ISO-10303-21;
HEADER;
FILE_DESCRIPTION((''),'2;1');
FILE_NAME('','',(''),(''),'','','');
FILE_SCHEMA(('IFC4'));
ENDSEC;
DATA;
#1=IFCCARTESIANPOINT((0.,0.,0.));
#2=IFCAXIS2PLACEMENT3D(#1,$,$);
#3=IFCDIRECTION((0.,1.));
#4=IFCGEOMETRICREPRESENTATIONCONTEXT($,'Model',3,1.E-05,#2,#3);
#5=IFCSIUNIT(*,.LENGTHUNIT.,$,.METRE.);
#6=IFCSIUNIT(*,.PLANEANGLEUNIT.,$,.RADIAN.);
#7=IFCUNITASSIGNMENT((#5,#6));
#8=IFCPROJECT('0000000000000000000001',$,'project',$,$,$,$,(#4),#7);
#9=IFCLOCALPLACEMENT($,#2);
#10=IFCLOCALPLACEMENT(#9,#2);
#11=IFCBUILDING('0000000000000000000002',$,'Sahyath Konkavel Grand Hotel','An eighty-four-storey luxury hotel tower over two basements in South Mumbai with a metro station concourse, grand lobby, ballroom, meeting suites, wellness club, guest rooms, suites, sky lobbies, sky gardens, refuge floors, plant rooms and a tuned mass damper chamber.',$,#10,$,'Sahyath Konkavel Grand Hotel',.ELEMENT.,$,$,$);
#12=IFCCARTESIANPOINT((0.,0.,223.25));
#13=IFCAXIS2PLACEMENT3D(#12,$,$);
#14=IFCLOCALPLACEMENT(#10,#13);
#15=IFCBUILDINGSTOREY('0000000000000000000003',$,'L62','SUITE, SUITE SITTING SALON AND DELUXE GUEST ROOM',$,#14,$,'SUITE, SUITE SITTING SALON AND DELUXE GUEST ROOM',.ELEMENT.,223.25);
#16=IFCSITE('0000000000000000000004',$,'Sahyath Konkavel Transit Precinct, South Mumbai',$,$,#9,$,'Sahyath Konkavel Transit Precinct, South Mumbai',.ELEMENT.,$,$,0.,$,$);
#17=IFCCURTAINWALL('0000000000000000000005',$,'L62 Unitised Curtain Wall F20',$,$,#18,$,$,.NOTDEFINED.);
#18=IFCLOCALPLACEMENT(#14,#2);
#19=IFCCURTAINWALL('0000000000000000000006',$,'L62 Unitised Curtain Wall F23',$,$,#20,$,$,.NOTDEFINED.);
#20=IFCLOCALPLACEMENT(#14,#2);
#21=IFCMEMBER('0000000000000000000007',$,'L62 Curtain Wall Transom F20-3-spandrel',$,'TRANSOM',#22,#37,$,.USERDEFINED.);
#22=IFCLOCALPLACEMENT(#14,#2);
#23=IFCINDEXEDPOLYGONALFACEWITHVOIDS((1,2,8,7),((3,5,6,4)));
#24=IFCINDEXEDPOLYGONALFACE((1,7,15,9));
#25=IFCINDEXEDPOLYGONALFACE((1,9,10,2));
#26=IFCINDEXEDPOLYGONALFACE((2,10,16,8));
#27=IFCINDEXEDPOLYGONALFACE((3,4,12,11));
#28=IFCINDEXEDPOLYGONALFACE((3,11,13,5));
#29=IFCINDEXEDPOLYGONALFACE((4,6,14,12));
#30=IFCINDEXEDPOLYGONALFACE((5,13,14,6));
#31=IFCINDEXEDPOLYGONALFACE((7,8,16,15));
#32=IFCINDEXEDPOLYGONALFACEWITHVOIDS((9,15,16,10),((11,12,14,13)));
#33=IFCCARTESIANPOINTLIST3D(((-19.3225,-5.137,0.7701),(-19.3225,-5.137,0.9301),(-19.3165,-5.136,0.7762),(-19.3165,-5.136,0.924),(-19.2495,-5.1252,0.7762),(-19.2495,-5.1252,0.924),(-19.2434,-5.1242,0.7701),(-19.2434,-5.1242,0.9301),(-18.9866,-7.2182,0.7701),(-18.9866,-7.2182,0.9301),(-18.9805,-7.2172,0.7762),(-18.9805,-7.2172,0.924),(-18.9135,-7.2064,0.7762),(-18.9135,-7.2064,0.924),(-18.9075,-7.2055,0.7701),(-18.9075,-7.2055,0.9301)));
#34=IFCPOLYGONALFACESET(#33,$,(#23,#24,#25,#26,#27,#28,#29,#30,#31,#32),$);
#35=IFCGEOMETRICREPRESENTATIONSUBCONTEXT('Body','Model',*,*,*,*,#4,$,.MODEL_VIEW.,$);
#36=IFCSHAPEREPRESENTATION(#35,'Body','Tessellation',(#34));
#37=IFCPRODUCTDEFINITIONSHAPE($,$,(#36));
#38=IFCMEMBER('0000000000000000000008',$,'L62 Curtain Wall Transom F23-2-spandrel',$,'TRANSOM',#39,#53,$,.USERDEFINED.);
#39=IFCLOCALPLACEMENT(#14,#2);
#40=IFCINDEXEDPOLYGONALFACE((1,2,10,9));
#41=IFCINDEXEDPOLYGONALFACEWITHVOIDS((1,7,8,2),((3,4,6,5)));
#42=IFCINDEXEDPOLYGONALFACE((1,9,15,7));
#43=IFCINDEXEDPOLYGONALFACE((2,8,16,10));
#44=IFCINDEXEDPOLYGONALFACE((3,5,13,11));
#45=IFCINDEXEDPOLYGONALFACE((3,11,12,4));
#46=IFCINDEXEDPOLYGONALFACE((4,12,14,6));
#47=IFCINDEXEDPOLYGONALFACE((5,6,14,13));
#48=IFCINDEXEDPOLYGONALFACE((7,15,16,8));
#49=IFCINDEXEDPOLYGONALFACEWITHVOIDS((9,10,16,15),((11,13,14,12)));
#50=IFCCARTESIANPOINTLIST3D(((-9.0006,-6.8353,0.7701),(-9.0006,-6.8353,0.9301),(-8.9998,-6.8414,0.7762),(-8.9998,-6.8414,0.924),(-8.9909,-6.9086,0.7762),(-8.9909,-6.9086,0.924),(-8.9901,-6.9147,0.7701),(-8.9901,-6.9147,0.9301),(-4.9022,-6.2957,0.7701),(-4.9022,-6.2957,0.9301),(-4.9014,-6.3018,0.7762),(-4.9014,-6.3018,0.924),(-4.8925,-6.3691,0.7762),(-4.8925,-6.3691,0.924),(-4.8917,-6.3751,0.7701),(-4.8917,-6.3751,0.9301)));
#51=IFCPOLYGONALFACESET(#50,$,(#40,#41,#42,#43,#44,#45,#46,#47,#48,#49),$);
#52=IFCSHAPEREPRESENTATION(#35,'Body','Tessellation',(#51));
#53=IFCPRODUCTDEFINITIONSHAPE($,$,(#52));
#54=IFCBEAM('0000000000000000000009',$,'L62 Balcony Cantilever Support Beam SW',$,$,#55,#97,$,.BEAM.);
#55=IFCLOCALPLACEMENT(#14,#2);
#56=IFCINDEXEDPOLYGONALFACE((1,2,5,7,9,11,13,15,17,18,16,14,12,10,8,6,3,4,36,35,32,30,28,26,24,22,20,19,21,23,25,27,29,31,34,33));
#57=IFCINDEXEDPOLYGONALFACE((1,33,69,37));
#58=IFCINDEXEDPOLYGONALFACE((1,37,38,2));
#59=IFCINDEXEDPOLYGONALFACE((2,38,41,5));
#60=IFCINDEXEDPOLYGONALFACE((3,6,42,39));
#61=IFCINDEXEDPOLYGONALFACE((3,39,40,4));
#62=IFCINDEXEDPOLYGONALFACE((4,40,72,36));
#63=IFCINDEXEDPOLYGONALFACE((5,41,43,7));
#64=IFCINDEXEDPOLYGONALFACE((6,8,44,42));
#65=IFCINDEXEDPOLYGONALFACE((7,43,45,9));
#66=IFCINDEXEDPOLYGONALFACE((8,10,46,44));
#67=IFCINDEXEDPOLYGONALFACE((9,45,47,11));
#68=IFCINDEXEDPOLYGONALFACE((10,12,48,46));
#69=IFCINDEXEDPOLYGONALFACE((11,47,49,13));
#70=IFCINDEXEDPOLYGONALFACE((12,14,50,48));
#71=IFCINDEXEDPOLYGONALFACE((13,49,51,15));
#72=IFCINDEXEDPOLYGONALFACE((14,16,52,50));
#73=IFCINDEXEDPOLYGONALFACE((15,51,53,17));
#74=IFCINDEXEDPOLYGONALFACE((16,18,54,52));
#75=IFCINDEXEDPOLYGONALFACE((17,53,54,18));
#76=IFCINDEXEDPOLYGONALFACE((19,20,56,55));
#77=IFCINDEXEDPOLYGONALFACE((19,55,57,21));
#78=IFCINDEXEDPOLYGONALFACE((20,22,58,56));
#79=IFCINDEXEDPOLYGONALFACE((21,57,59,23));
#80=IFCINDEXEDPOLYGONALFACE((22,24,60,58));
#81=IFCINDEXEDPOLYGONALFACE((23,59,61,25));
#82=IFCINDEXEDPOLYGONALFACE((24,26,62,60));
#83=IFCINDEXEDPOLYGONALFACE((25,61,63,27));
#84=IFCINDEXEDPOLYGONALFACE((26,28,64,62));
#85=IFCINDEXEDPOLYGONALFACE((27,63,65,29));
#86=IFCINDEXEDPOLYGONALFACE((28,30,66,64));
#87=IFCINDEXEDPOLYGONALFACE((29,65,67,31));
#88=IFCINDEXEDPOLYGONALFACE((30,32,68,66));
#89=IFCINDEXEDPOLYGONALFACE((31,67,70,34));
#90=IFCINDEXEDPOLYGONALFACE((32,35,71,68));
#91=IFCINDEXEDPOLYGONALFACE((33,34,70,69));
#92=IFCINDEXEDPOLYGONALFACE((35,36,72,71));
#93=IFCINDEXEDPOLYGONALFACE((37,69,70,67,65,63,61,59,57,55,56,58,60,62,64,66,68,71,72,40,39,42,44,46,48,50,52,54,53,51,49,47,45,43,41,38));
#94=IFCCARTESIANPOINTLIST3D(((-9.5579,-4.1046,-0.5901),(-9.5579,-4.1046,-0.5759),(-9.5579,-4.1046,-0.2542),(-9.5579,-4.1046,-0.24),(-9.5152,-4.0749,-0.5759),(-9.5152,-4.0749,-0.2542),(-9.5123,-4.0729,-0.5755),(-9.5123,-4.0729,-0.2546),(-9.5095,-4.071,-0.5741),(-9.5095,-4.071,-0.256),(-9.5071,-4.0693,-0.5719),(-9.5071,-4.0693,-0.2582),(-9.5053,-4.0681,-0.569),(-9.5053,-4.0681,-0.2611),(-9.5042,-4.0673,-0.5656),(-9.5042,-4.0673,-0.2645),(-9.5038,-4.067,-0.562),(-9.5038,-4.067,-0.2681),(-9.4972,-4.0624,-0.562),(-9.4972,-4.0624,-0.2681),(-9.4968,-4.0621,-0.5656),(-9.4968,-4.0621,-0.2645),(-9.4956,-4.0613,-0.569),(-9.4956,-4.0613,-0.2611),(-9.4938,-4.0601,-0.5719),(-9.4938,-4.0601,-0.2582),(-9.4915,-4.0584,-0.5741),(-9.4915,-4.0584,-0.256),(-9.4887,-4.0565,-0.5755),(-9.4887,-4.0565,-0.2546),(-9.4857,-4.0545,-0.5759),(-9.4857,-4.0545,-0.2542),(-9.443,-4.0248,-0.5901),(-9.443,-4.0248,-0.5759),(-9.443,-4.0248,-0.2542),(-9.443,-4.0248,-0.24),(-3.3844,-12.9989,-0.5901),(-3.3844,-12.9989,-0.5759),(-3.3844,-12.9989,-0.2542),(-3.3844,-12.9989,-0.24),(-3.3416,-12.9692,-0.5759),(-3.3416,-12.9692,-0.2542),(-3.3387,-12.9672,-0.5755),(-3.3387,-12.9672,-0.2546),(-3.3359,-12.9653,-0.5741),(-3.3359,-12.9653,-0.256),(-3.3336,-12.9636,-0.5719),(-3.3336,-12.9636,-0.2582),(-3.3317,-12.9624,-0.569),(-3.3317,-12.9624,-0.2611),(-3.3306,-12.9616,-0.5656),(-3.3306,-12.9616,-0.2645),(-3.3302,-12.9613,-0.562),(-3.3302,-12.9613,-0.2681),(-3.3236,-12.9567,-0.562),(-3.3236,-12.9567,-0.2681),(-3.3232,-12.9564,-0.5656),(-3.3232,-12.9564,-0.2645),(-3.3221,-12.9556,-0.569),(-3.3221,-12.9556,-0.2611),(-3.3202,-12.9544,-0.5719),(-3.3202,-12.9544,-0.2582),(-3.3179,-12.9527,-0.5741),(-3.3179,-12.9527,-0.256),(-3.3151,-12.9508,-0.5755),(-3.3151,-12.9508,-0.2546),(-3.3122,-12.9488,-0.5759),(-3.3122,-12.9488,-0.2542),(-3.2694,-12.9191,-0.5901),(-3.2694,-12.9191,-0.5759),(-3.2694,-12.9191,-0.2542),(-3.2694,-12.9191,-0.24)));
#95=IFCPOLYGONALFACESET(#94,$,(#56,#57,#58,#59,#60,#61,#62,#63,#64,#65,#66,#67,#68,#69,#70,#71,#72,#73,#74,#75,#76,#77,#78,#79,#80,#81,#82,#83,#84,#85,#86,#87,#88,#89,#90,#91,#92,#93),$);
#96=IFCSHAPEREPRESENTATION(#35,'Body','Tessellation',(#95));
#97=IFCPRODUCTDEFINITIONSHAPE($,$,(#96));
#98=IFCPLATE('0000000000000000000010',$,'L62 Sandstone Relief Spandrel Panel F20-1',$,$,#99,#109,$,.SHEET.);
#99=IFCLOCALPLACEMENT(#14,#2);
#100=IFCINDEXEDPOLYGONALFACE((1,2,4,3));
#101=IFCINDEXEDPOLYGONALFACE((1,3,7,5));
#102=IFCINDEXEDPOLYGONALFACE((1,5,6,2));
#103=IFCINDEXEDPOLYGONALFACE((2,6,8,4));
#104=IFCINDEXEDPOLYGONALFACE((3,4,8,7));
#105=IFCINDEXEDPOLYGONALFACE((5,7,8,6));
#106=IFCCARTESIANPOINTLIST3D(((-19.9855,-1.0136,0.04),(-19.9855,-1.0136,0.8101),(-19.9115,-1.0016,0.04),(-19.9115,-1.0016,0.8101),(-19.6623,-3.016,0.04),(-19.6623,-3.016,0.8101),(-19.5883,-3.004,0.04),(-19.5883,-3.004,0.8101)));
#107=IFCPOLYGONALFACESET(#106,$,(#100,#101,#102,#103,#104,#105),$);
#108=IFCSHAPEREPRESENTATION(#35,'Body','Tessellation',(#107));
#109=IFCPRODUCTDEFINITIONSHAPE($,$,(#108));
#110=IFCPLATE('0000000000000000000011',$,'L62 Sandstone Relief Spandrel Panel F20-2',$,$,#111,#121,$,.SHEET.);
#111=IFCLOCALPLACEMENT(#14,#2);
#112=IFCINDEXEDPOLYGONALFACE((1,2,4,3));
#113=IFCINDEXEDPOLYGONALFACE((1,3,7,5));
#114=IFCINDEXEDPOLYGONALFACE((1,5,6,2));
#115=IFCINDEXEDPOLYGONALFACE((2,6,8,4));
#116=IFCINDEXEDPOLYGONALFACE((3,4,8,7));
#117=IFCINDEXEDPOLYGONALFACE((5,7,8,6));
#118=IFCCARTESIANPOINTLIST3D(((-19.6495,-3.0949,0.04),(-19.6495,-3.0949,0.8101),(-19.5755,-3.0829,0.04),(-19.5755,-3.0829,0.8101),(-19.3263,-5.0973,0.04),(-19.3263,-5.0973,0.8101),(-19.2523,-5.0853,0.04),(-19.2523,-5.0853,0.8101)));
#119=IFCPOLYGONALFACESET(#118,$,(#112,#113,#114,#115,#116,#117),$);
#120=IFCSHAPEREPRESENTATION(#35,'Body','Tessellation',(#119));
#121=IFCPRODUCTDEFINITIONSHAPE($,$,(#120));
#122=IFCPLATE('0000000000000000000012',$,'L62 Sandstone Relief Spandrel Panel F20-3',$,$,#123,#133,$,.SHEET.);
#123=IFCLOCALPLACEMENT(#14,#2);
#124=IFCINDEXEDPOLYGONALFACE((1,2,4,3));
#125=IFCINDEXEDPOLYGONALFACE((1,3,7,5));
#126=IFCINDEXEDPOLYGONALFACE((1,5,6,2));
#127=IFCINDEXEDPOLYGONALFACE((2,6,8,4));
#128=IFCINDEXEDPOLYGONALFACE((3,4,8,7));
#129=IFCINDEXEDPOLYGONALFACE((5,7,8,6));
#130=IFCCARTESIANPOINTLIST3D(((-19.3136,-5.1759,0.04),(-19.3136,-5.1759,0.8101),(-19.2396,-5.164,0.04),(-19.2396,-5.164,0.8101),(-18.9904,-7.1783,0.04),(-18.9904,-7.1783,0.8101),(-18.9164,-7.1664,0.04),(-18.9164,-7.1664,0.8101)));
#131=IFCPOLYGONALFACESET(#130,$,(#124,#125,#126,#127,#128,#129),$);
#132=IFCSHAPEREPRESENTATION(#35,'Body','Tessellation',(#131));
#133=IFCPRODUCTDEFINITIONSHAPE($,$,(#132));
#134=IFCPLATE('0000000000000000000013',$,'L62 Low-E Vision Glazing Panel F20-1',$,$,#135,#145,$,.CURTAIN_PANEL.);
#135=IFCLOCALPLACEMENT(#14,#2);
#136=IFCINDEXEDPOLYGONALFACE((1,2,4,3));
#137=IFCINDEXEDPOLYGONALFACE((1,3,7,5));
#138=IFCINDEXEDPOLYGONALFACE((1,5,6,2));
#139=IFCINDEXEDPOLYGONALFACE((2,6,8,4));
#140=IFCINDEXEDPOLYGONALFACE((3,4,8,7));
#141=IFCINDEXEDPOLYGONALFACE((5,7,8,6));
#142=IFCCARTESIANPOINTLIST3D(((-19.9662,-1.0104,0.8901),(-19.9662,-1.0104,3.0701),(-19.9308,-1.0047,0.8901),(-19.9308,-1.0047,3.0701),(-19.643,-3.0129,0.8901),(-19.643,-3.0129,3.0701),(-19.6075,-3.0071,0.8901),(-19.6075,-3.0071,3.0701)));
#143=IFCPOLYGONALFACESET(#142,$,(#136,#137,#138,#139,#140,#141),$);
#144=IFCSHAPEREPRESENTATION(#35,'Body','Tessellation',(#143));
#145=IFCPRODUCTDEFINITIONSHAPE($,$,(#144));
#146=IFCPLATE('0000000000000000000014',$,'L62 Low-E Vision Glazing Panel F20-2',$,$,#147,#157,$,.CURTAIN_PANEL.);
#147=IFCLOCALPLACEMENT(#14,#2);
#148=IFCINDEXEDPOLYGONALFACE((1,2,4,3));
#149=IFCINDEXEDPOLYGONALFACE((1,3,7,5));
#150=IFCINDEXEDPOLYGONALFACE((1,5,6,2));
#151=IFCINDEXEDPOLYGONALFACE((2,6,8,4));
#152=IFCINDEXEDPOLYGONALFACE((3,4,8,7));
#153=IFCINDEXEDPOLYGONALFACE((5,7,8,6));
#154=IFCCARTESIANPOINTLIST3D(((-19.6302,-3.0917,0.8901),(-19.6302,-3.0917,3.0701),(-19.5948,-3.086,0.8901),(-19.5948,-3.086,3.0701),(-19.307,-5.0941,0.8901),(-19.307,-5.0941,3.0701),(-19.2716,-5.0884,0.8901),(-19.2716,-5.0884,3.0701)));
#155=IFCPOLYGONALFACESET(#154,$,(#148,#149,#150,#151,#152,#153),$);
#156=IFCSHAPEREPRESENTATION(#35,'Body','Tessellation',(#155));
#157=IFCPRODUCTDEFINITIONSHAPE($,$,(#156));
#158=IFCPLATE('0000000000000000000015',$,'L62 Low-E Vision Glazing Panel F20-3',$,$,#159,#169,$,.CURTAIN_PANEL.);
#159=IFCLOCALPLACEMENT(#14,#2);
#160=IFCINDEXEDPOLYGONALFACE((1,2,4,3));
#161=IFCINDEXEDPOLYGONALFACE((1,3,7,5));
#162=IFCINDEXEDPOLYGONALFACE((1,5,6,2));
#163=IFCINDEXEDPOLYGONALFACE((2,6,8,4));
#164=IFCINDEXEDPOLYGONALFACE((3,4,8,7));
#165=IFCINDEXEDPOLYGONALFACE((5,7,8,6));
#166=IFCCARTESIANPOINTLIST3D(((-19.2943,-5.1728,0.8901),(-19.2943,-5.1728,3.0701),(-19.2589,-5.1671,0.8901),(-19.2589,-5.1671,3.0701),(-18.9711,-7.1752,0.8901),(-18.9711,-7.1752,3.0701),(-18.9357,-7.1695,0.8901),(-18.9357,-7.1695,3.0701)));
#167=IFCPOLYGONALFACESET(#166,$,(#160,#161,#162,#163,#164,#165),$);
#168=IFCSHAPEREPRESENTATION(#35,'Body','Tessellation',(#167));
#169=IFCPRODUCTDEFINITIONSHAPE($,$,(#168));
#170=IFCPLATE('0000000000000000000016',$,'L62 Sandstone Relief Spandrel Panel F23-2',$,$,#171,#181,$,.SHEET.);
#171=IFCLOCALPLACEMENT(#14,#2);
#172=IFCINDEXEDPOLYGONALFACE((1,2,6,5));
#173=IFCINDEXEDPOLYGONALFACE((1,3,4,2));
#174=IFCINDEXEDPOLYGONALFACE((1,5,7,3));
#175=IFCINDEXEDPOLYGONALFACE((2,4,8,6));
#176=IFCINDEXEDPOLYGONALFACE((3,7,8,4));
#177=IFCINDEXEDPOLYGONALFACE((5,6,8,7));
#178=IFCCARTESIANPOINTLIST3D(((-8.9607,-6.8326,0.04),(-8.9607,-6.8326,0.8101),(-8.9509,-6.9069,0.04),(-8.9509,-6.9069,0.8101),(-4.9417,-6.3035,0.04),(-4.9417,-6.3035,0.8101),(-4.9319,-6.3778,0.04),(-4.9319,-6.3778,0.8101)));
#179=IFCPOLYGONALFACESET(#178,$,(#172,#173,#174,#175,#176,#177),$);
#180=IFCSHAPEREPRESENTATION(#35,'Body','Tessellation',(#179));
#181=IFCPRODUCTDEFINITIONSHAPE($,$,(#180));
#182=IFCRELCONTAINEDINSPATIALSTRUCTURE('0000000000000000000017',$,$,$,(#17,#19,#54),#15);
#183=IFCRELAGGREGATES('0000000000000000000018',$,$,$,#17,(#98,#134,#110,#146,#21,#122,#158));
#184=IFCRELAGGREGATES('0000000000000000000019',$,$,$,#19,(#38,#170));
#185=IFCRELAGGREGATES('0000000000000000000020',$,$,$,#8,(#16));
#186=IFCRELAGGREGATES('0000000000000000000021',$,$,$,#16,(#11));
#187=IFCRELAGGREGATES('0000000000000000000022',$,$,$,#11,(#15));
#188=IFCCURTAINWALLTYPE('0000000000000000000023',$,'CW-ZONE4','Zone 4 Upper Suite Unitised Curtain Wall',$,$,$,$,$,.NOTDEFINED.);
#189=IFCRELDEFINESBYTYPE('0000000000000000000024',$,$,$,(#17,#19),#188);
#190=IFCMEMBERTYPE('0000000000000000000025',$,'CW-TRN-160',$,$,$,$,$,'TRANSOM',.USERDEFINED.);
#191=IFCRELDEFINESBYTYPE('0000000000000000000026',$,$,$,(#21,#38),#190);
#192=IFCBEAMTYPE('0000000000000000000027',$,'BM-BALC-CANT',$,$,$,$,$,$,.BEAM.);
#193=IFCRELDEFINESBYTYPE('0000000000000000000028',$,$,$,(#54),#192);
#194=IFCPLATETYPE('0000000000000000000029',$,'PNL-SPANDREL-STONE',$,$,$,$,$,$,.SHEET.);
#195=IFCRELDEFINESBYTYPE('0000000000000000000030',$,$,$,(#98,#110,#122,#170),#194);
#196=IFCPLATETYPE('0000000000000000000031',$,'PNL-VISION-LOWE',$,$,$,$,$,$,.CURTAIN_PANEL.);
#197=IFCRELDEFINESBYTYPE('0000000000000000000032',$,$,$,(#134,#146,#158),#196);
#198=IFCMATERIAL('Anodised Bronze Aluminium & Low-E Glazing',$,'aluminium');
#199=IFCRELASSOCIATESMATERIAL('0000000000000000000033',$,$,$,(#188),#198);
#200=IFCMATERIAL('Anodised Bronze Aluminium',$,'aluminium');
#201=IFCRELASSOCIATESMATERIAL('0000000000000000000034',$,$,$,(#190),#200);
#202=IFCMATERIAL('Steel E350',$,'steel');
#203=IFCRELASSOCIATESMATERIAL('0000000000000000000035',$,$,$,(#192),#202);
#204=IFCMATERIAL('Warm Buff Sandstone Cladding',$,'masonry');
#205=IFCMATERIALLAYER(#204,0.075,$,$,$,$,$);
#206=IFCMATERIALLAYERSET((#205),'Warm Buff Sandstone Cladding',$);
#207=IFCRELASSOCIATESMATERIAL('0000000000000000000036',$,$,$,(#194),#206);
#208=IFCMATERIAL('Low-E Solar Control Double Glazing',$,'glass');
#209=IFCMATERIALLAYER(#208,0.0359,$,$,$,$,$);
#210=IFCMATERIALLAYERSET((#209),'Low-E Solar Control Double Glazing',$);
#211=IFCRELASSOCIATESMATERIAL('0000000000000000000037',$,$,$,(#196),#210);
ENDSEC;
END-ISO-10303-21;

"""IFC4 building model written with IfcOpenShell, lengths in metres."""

from ifc_helpers import new_model, si_unit, direction, frame, origin, origin_2d, place, context, subcontext, project, spatial, rectangle, hollow_rectangle, i_section, extrude, source, transform, mapped, material, layer, layer_set, material_profile, profile_set, type_object, element, aggregate, save


model = new_model("IFC4")

# Units and contexts
model_context = context("Model", 3, precision=1e-05, world=origin(), true_north=direction((0.0, 1.0)))
body_context = subcontext(model_context, "Body", "Model", "MODEL_VIEW")
ifc_project = project(units=[si_unit("LENGTHUNIT", "METRE"), si_unit("PLANEANGLEUNIT", "RADIAN")], contexts=[model_context])

# Site, building, storey
site_placement = place(None, origin())
site = spatial("IfcSite", under=ifc_project, at=site_placement, Name="Sahyath Konkavel Transit Precinct, South Mumbai", LongName="Sahyath Konkavel Transit Precinct, South Mumbai", CompositionType="ELEMENT", RefElevation=0.0)
building_placement = place(site_placement, origin())
building = spatial("IfcBuilding", under=site, at=building_placement, Name="Sahyath Konkavel Grand Hotel", Description="An eighty-four-storey luxury hotel tower over two basements in South Mumbai with a metro station concourse, grand lobby, ballroom, meeting suites, wellness club, guest rooms, suites, sky lobbies, sky gardens, refuge floors, plant rooms and a tuned mass damper chamber.", LongName="Sahyath Konkavel Grand Hotel", CompositionType="ELEMENT")
storey_placement = place(building_placement, frame((0.0, 0.0, 223.25)))
storey = spatial("IfcBuildingStorey", under=building, at=storey_placement, Name="L62", Description="SUITE, SUITE SITTING SALON AND DELUXE GUEST ROOM", LongName="SUITE, SUITE SITTING SALON AND DELUXE GUEST ROOM", CompositionType="ELEMENT", Elevation=223.25)

# Shared definitions
ifc_material_1 = material(Name="Steel E350", Category="steel")

# Curtain wall
ifc_material_2 = material(Name="Anodised Bronze Aluminium & Low-E Glazing", Category="aluminium")
curtain_wall_type = type_object("IfcCurtainWallType", Name="CW-ZONE4", Description="Zone 4 Upper Suite Unitised Curtain Wall", PredefinedType="NOTDEFINED", material=ifc_material_2)
curtain_wall_1_placement = place(storey_placement, origin())
curtain_wall_1 = element("IfcCurtainWall", 1, at=curtain_wall_1_placement, inside=storey, type_object=curtain_wall_type, Name="L62 Unitised Curtain Wall F20", PredefinedType="NOTDEFINED")
ifc_material_3 = material(Name="Anodised Bronze Aluminium", Category="aluminium")

# Curtain wall
curtain_wall_2_placement = place(storey_placement, origin())
curtain_wall_2 = element("IfcCurtainWall", 2, at=curtain_wall_2_placement, inside=storey, type_object=curtain_wall_type, Name="L62 Unitised Curtain Wall F23", PredefinedType="NOTDEFINED")

# Members
ifc_material_profile_1 = material_profile(ifc_material_3, hollow_rectangle(XDim=0.0801, YDim=0.1599, WallThickness=0.0061, at=origin_2d()), Name="RHS 160x80x6")
ifc_profile_set_1 = profile_set([ifc_material_profile_1], Name="Anodised Bronze Aluminium")
member_type_1 = type_object("IfcMemberType", Name="CW-TRN-160", ElementType="TRANSOM", PredefinedType="USERDEFINED", material=ifc_profile_set_1)
shared_shape_1 = source(origin(), body_context, "Body", "SweptSolid", [
    extrude(hollow_rectangle(XDim=0.0801, YDim=0.1599, WallThickness=0.0061, at=origin_2d()), origin(), (0.0, 0.0, 1.0), 2.1082),
])
member_1_placement = place(storey_placement, frame((-19.283, -5.1306, 0.8501), z_axis=(0.159345, -0.987223, 0.0), x_axis=(0.987223, 0.159345, 0.0)))
member_1 = element("IfcMember", 3, at=member_1_placement, type_object=member_type_1, Name="L62 Curtain Wall Transom F20-3-spandrel", ObjectType="TRANSOM", PredefinedType="USERDEFINED", context=body_context, shape_type="MappedRepresentation", body=[
    mapped(shared_shape_1, transform((0.0, 0.0, 0.0), scale=1.0)),
])
shared_shape_2 = source(origin(), body_context, "Body", "SweptSolid", [
    extrude(hollow_rectangle(XDim=0.0801, YDim=0.1599, WallThickness=0.0061, at=origin_2d()), origin(), (0.0, 0.0, 1.0), 4.1338),
])
member_2_placement = place(storey_placement, frame((-8.9954, -6.875, 0.8501), z_axis=(0.991445, 0.130523, 0.0), x_axis=(-0.130523, 0.991445, 0.0)))
member_2 = element("IfcMember", 4, at=member_2_placement, type_object=member_type_1, Name="L62 Curtain Wall Transom F23-2-spandrel", ObjectType="TRANSOM", PredefinedType="USERDEFINED", context=body_context, shape_type="MappedRepresentation", body=[
    mapped(shared_shape_2, transform((0.0, 0.0, 0.0), scale=1.0)),
])

# Beam
ifc_material_profile_2 = material_profile(ifc_material_1, i_section(OverallWidth=0.1399, OverallDepth=0.3501, WebThickness=0.0081, FlangeThickness=0.0142, FilletRadius=0.0139, at=origin_2d()), Name="ISMB 350")
ifc_profile_set_2 = profile_set([ifc_material_profile_2], Name="Steel E350")
beam_type_1 = type_object("IfcBeamType", Name="BM-BALC-CANT", PredefinedType="BEAM", material=ifc_profile_set_2)
shared_shape_3 = source(origin(), body_context, "Body", "SweptSolid", [
    extrude(i_section(OverallWidth=0.1399, OverallDepth=0.3501, WebThickness=0.0081, FlangeThickness=0.0142, FilletRadius=0.0139, at=origin_2d()), origin(), (0.0, 0.0, 1.0), 10.8269),
])
beam_1_placement = place(storey_placement, frame((-9.5005, -4.0647, -0.415), z_axis=(0.570209, -0.8215, 0.0), x_axis=(0.8215, 0.570209, 0.0)))
element("IfcBeam", 5, at=beam_1_placement, inside=storey, type_object=beam_type_1, Name="L62 Balcony Cantilever Support Beam SW", PredefinedType="BEAM", context=body_context, shape_type="MappedRepresentation", body=[
    mapped(shared_shape_3, transform((0.0, 0.0, 0.0), scale=1.0)),
])

# Plates
ifc_material_4 = material(Name="Warm Buff Sandstone Cladding", Category="masonry")
ifc_layer_1 = layer(ifc_material_4, 0.075)
ifc_layer_set_1 = layer_set([ifc_layer_1], Name="Warm Buff Sandstone Cladding")
plate_type_1 = type_object("IfcPlateType", Name="PNL-SPANDREL-STONE", PredefinedType="SHEET", material=ifc_layer_set_1)
shared_shape_4 = source(origin(), body_context, "Body", "SweptSolid", [
    extrude(rectangle(XDim=2.0283, YDim=0.075, at=origin_2d()), origin(), (0.0, 0.0, 1.0), 0.77),
])
plate_1_placement = place(storey_placement, frame((-19.7869, -2.0088, 0.04), z_axis=(0.0, 0.0, 1.0), x_axis=(0.159347, -0.987223, 0.0)))
plate_1 = element("IfcPlate", 6, at=plate_1_placement, type_object=plate_type_1, Name="L62 Sandstone Relief Spandrel Panel F20-1", PredefinedType="SHEET", context=body_context, shape_type="MappedRepresentation", body=[
    mapped(shared_shape_4, transform((0.0, 0.0, 0.0), scale=1.0)),
])
plate_2_placement = place(storey_placement, frame((-19.4509, -4.0901, 0.04), z_axis=(0.0, 0.0, 1.0), x_axis=(0.159347, -0.987223, 0.0)))
plate_2 = element("IfcPlate", 7, at=plate_2_placement, type_object=plate_type_1, Name="L62 Sandstone Relief Spandrel Panel F20-2", PredefinedType="SHEET", context=body_context, shape_type="MappedRepresentation", body=[
    mapped(shared_shape_4, transform((0.0, 0.0, 0.0), scale=1.0)),
])
plate_3_placement = place(storey_placement, frame((-19.115, -6.1711, 0.04), z_axis=(0.0, 0.0, 1.0), x_axis=(0.159347, -0.987223, 0.0)))
plate_3 = element("IfcPlate", 8, at=plate_3_placement, type_object=plate_type_1, Name="L62 Sandstone Relief Spandrel Panel F20-3", PredefinedType="SHEET", context=body_context, shape_type="MappedRepresentation", body=[
    mapped(shared_shape_4, transform((0.0, 0.0, 0.0), scale=1.0)),
])
ifc_material_5 = material(Name="Low-E Solar Control Double Glazing", Category="glass")
ifc_layer_2 = layer(ifc_material_5, 0.0359)
ifc_layer_set_2 = layer_set([ifc_layer_2], Name="Low-E Solar Control Double Glazing")
plate_type_2 = type_object("IfcPlateType", Name="PNL-VISION-LOWE", PredefinedType="CURTAIN_PANEL", material=ifc_layer_set_2)
shared_shape_5 = source(origin(), body_context, "Body", "SweptSolid", [
    extrude(rectangle(XDim=2.0283, YDim=0.0359, at=origin_2d()), origin(), (0.0, 0.0, 1.0), 2.1799),
])
plate_4_placement = place(storey_placement, frame((-19.7869, -2.0088, 0.8901), z_axis=(0.0, 0.0, 1.0), x_axis=(0.159347, -0.987223, 0.0)))
plate_4 = element("IfcPlate", 9, at=plate_4_placement, type_object=plate_type_2, Name="L62 Low-E Vision Glazing Panel F20-1", PredefinedType="CURTAIN_PANEL", context=body_context, shape_type="MappedRepresentation", body=[
    mapped(shared_shape_5, transform((0.0, 0.0, 0.0), scale=1.0)),
])
plate_5_placement = place(storey_placement, frame((-19.4509, -4.0901, 0.8901), z_axis=(0.0, 0.0, 1.0), x_axis=(0.159347, -0.987223, 0.0)))
plate_5 = element("IfcPlate", 10, at=plate_5_placement, type_object=plate_type_2, Name="L62 Low-E Vision Glazing Panel F20-2", PredefinedType="CURTAIN_PANEL", context=body_context, shape_type="MappedRepresentation", body=[
    mapped(shared_shape_5, transform((0.0, 0.0, 0.0), scale=1.0)),
])
plate_6_placement = place(storey_placement, frame((-19.115, -6.1711, 0.8901), z_axis=(0.0, 0.0, 1.0), x_axis=(0.159347, -0.987223, 0.0)))
plate_6 = element("IfcPlate", 11, at=plate_6_placement, type_object=plate_type_2, Name="L62 Low-E Vision Glazing Panel F20-3", PredefinedType="CURTAIN_PANEL", context=body_context, shape_type="MappedRepresentation", body=[
    mapped(shared_shape_5, transform((0.0, 0.0, 0.0), scale=1.0)),
])
aggregate(curtain_wall_1, [plate_1, plate_4, plate_2, plate_5, member_1, plate_3, plate_6])
shared_shape_6 = source(origin(), body_context, "Body", "SweptSolid", [
    extrude(rectangle(XDim=4.0537, YDim=0.075, at=origin_2d()), origin(), (0.0, 0.0, 1.0), 0.77),
])
plate_7_placement = place(storey_placement, frame((-6.9463, -6.6052, 0.04), z_axis=(0.0, 0.0, 1.0), x_axis=(0.991445, 0.130526, 0.0)))
plate_7 = element("IfcPlate", 12, at=plate_7_placement, type_object=plate_type_1, Name="L62 Sandstone Relief Spandrel Panel F23-2", PredefinedType="SHEET", context=body_context, shape_type="MappedRepresentation", body=[
    mapped(shared_shape_6, transform((0.0, 0.0, 0.0), scale=1.0)),
])
aggregate(curtain_wall_2, [member_2, plate_7])

save(model, "model.ifc")
